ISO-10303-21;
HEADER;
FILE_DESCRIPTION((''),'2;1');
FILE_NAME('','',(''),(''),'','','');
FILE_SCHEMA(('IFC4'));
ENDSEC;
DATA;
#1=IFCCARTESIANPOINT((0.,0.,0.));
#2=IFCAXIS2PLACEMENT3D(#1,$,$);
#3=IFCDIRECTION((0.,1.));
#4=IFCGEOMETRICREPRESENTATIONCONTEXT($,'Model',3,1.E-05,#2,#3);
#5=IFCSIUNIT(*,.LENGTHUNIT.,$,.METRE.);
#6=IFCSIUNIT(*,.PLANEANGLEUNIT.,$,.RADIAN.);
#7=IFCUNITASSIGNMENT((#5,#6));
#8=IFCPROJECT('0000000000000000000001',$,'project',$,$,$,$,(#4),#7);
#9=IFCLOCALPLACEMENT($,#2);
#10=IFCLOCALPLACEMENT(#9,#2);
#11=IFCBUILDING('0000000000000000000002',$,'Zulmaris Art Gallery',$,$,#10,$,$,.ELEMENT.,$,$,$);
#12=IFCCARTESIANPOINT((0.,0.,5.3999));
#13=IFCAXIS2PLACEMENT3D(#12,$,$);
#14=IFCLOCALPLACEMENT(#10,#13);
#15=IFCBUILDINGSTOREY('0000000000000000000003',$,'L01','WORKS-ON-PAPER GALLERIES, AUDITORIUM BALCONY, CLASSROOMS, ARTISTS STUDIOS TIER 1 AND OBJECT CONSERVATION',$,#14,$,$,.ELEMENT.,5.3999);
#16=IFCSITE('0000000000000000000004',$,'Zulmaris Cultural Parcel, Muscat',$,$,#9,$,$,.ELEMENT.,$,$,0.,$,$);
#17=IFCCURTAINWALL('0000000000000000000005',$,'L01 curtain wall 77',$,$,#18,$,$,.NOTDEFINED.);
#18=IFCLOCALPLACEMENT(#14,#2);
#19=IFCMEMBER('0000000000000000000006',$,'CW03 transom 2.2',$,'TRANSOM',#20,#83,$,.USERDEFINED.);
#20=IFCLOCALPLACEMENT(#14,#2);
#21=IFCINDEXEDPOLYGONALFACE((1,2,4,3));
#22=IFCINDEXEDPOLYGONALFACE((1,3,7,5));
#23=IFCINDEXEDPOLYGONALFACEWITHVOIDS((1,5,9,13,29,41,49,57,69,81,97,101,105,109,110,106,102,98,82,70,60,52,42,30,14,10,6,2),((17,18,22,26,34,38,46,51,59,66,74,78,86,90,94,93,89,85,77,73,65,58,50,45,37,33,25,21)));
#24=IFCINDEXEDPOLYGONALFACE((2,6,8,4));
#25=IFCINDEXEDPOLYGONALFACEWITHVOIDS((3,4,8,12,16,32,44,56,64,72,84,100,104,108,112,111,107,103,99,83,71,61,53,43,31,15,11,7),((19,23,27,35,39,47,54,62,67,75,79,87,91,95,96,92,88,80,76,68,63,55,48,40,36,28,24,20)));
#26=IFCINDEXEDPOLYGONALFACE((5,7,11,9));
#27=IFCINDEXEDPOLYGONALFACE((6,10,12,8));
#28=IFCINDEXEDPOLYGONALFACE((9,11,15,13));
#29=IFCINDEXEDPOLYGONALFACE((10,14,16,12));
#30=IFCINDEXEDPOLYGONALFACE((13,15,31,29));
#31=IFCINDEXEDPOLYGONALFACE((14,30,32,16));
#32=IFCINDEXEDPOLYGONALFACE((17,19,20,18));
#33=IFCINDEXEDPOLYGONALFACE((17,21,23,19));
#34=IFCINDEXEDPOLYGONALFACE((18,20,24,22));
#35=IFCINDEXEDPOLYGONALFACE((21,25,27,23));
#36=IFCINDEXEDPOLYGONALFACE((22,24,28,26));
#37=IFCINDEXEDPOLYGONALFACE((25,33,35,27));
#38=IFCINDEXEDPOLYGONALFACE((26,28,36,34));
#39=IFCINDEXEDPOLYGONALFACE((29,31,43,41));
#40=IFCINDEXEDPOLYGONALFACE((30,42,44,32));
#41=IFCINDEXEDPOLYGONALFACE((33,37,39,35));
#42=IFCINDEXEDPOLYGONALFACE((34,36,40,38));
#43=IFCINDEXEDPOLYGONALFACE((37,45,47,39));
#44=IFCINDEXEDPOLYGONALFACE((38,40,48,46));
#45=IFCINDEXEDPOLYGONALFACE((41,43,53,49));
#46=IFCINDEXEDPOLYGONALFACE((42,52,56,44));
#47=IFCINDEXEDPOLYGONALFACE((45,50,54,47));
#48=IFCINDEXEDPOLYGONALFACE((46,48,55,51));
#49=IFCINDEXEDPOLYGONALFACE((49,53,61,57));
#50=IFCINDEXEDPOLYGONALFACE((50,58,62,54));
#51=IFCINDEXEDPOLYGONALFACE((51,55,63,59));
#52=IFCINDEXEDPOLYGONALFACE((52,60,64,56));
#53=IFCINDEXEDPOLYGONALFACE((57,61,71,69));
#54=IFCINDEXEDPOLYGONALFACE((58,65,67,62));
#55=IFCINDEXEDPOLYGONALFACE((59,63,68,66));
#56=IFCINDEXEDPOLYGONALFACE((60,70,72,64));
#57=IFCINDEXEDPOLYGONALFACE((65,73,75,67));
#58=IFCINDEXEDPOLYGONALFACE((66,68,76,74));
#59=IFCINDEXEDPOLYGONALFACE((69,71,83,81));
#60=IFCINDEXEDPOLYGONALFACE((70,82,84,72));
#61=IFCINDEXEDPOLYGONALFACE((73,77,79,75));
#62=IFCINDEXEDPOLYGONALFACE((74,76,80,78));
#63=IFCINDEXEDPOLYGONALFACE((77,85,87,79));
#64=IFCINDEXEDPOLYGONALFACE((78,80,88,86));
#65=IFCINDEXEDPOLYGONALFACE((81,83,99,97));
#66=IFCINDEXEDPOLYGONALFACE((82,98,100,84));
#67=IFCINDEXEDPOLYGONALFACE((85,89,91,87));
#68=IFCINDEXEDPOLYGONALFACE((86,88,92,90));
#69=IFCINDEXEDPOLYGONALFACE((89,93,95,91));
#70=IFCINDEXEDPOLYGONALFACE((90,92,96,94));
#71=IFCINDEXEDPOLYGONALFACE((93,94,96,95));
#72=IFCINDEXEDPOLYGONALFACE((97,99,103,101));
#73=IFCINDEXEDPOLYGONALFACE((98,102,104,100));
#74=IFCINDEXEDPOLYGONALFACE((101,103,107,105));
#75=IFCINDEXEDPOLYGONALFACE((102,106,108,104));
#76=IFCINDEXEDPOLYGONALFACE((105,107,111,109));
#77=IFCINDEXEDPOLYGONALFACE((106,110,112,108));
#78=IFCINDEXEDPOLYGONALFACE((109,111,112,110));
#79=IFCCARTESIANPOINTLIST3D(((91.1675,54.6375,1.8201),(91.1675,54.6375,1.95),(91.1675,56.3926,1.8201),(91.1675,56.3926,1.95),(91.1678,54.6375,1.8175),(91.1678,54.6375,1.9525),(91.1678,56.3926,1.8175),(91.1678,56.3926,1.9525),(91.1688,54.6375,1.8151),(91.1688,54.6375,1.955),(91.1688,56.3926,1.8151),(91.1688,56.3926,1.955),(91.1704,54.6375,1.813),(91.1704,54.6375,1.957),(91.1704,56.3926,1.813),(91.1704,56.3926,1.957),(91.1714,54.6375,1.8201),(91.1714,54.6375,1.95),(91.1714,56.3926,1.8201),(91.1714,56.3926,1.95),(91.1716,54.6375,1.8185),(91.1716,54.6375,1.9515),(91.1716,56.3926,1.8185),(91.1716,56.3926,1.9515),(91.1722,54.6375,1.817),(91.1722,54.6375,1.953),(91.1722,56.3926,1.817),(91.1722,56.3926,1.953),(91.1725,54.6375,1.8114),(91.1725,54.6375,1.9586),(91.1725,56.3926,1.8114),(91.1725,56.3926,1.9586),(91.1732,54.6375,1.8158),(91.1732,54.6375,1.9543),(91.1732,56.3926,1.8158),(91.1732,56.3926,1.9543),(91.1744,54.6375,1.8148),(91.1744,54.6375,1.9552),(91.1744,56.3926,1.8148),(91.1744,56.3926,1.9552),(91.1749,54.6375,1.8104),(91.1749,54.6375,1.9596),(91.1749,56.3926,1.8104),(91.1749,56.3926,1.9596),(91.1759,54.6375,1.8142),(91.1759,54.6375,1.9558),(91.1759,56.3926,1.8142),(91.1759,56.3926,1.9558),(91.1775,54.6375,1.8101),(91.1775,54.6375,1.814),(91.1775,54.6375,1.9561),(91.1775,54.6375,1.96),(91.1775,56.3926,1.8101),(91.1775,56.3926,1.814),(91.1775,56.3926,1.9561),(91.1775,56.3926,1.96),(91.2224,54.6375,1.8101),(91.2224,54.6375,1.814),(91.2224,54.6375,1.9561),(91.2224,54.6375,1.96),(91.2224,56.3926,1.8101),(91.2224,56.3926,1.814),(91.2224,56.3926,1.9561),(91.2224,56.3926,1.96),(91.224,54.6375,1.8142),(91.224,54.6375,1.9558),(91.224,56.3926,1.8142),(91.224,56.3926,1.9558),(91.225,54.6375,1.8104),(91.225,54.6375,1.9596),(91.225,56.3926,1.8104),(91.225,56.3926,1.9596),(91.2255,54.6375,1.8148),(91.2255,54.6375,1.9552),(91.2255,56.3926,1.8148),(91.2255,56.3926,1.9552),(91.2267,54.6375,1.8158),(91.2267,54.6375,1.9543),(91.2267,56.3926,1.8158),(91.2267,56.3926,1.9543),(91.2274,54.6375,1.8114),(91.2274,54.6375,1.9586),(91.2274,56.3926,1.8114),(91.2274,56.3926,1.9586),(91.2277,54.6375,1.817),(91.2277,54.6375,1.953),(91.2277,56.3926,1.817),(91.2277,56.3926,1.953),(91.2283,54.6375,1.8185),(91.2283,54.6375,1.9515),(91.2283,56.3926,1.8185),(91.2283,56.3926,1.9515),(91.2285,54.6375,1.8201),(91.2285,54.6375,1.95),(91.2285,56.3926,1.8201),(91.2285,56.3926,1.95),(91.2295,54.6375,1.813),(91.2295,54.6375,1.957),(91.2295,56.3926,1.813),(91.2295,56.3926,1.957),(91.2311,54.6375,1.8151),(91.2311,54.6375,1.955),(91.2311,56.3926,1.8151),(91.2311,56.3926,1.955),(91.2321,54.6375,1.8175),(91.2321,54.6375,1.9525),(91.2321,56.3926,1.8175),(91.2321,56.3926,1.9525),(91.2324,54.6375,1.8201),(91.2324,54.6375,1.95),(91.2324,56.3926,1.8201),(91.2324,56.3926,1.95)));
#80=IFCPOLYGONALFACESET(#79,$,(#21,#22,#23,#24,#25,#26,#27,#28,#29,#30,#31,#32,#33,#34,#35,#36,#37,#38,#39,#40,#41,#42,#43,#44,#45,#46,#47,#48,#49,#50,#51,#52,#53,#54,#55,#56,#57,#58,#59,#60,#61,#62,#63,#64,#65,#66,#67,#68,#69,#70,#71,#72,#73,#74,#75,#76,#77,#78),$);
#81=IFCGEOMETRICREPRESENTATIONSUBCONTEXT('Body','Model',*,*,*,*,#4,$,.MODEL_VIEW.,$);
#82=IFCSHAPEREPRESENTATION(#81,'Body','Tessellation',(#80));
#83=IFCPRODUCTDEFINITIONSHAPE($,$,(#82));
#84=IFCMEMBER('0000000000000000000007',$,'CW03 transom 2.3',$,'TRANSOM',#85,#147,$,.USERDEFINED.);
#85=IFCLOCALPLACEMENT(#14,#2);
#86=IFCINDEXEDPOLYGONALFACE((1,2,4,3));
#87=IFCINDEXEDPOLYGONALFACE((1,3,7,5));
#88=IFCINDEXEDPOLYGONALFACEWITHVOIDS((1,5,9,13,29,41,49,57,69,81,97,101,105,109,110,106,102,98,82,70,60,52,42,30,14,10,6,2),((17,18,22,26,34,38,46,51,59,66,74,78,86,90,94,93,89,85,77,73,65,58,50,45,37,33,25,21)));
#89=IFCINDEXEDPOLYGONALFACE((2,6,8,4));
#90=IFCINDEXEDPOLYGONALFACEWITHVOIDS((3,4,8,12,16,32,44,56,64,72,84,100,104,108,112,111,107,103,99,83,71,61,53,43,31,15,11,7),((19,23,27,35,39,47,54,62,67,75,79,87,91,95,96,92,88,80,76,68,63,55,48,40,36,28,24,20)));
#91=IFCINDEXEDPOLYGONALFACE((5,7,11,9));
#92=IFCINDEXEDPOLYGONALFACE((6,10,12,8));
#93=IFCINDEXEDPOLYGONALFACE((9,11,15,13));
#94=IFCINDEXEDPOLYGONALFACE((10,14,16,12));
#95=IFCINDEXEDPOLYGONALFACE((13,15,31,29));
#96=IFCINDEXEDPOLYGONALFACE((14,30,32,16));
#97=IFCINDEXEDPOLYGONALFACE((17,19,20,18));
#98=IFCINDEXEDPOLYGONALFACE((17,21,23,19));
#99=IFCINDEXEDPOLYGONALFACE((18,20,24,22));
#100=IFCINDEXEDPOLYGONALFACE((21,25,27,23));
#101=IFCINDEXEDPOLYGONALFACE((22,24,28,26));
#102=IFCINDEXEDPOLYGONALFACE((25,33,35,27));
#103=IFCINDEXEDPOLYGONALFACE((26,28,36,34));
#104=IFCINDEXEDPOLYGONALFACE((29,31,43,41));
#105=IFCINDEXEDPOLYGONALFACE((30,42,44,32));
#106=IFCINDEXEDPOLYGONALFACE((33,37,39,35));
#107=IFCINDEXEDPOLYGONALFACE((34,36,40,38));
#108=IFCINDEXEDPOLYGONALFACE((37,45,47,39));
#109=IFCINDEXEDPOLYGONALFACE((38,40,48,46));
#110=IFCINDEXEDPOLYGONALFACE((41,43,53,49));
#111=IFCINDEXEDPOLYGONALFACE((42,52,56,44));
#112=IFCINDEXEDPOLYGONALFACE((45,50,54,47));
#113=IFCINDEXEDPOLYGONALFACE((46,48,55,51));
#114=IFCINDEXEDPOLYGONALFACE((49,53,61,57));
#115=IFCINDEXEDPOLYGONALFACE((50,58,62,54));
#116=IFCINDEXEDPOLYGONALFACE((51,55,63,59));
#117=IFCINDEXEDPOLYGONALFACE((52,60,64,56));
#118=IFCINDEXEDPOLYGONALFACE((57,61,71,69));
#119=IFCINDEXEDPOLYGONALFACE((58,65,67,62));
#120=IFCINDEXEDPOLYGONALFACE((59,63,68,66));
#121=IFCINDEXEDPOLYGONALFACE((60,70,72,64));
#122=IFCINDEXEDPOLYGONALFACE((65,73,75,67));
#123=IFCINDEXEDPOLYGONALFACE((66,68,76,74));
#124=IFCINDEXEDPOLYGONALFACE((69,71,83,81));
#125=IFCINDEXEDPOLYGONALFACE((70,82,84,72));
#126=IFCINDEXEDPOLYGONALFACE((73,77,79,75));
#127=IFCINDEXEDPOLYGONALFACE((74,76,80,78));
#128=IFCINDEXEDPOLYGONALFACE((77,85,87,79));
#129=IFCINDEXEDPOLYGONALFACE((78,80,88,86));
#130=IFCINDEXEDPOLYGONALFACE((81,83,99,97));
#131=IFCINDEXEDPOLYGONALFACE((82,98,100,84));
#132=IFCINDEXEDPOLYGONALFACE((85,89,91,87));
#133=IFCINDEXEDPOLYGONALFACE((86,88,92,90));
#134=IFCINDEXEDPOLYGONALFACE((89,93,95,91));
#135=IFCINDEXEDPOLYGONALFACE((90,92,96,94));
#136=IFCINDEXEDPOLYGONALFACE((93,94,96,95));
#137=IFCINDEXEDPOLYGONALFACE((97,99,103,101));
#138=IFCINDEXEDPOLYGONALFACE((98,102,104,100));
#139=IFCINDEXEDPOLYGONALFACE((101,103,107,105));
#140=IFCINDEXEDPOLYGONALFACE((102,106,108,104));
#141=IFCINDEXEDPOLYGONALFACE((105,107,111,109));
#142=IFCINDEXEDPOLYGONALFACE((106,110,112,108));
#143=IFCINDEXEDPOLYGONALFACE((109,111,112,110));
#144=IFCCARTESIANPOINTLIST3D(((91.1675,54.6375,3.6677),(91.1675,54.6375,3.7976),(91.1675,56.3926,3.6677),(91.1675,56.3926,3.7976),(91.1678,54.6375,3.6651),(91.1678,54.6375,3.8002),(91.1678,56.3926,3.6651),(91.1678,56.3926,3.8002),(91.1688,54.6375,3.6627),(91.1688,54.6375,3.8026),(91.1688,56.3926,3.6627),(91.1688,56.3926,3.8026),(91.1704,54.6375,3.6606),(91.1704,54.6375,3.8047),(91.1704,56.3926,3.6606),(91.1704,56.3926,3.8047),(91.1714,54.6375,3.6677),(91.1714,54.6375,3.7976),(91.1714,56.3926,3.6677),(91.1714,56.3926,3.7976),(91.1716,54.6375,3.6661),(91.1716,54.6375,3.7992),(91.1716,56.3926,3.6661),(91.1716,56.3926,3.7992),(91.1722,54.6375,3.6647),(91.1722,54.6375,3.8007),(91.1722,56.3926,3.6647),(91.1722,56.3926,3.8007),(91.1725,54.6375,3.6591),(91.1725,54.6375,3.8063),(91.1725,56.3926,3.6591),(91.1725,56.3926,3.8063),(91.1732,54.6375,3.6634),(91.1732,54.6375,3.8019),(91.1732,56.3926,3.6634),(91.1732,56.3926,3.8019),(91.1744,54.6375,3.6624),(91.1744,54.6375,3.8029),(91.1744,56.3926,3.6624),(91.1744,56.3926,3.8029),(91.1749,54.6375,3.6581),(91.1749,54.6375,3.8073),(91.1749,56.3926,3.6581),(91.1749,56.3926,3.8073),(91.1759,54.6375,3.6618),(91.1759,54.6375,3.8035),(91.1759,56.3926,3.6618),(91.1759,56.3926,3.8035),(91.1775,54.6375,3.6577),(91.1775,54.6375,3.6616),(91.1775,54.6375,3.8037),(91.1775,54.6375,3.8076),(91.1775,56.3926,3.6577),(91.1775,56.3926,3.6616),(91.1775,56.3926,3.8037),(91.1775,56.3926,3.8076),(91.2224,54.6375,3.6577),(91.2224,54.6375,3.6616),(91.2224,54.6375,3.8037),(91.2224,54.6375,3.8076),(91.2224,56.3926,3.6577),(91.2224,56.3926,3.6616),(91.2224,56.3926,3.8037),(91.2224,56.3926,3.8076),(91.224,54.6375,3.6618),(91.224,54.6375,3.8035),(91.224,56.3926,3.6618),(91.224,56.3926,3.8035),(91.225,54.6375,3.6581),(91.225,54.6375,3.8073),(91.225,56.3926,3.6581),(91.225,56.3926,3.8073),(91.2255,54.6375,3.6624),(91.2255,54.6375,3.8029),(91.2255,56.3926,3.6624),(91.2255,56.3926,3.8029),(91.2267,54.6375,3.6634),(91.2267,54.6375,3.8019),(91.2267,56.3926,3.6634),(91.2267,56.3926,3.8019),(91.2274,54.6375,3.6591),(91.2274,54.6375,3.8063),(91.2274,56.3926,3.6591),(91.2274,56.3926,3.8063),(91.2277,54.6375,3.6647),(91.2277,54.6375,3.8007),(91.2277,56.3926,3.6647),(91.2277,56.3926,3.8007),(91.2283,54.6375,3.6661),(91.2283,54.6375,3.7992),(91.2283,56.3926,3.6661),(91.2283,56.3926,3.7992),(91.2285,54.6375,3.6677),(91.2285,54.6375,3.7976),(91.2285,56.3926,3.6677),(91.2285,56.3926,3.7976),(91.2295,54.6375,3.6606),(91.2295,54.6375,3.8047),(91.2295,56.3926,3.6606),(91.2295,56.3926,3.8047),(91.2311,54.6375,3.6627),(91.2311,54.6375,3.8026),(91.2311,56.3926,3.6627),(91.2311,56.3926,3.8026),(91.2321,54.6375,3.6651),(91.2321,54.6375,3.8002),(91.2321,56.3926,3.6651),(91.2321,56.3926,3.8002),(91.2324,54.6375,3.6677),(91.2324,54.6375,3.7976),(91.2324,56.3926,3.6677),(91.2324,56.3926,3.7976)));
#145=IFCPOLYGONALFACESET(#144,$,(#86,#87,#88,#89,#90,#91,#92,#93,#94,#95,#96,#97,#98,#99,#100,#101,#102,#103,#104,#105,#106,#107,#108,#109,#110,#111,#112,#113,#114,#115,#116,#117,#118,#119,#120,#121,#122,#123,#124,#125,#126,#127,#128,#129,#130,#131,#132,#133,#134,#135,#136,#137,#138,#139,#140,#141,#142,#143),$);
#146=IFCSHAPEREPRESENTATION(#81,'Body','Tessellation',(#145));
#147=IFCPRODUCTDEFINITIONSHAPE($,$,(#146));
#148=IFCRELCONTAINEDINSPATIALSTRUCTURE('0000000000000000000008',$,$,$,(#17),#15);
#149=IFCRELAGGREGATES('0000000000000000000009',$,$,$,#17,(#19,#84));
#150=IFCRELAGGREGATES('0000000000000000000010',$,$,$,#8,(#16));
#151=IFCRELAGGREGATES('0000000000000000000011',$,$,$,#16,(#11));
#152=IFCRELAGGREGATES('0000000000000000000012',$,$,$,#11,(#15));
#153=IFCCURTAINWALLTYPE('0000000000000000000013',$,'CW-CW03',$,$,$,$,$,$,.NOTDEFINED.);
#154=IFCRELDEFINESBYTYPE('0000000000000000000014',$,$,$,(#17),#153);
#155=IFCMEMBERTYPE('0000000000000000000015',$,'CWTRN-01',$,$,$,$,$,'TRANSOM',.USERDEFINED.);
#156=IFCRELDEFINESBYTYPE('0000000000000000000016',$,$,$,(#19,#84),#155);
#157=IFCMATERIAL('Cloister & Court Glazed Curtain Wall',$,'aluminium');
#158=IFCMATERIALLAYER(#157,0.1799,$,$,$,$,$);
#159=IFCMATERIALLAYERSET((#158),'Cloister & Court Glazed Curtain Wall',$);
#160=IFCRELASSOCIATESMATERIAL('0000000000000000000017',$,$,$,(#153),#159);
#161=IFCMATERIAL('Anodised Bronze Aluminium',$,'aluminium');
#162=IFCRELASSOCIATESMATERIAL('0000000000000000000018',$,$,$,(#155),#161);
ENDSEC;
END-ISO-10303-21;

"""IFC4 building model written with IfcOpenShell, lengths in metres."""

from ifc_helpers import new_model, si_unit, direction, frame, origin, origin_2d, place, context, subcontext, project, spatial, hollow_rectangle, extrude, material, layer, layer_set, material_profile, profile_set, type_object, element, aggregate, save


model = new_model("IFC4")

# Units and contexts
model_context = context("Model", 3, precision=1e-05, world=origin(), true_north=direction((0.0, 1.0)))
body_context = subcontext(model_context, "Body", "Model", "MODEL_VIEW")
ifc_project = project(units=[si_unit("LENGTHUNIT", "METRE"), si_unit("PLANEANGLEUNIT", "RADIAN")], contexts=[model_context])

# Site, building, storey
site_placement = place(None, origin())
site = spatial("IfcSite", under=ifc_project, at=site_placement, Name="Zulmaris Cultural Parcel, Muscat", CompositionType="ELEMENT", RefElevation=0.0)
building_placement = place(site_placement, origin())
building = spatial("IfcBuilding", under=site, at=building_placement, Name="Zulmaris Art Gallery", CompositionType="ELEMENT")
storey_placement = place(building_placement, frame((0.0, 0.0, 5.3999)))
storey = spatial("IfcBuildingStorey", under=building, at=storey_placement, Name="L01", Description="WORKS-ON-PAPER GALLERIES, AUDITORIUM BALCONY, CLASSROOMS, ARTISTS STUDIOS TIER 1 AND OBJECT CONSERVATION", CompositionType="ELEMENT", Elevation=5.3999)

# Curtain wall
ifc_material_1 = material(Name="Cloister & Court Glazed Curtain Wall", Category="aluminium")
ifc_layer_1 = layer(ifc_material_1, 0.1799)
ifc_layer_set_1 = layer_set([ifc_layer_1], Name="Cloister & Court Glazed Curtain Wall")
curtain_wall_type = type_object("IfcCurtainWallType", Name="CW-CW03", PredefinedType="NOTDEFINED", material=ifc_layer_set_1)
ifc_material_2 = material(Name="Anodised Bronze Aluminium", Category="aluminium")
curtain_wall_1_placement = place(storey_placement, origin())
curtain_wall_1 = element("IfcCurtainWall", 1, at=curtain_wall_1_placement, inside=storey, type_object=curtain_wall_type, Name="L01 curtain wall 77", PredefinedType="NOTDEFINED")

# Members
ifc_material_profile_1 = material_profile(ifc_material_2, hollow_rectangle(XDim=0.0649, YDim=0.1499, WallThickness=0.0039, InnerFilletRadius=0.0061, OuterFilletRadius=0.01, at=origin_2d()), Name="ALU 65x150x4")
ifc_profile_set_1 = profile_set([ifc_material_profile_1], Name="Anodised Bronze Aluminium")
member_type_1 = type_object("IfcMemberType", Name="CWTRN-01", ElementType="TRANSOM", PredefinedType="USERDEFINED", material=ifc_profile_set_1)
member_1_placement = place(storey_placement, frame((91.2, 56.3926, 1.885), z_axis=(0.0, -1.0, 0.0), x_axis=(1.0, 0.0, 0.0)))
member_1 = element("IfcMember", 2, at=member_1_placement, type_object=member_type_1, Name="CW03 transom 2.2", ObjectType="TRANSOM", PredefinedType="USERDEFINED", context=body_context, shape_type="SweptSolid", body=[
    extrude(hollow_rectangle(XDim=0.0649, YDim=0.1499, WallThickness=0.0039, InnerFilletRadius=0.0061, OuterFilletRadius=0.01, at=origin_2d()), origin(), (0.0, 0.0, 1.0), 1.7551),
])
member_2_placement = place(storey_placement, frame((91.2, 56.3926, 3.7327), z_axis=(0.0, -1.0, 0.0), x_axis=(1.0, 0.0, 0.0)))
member_2 = element("IfcMember", 3, at=member_2_placement, type_object=member_type_1, Name="CW03 transom 2.3", ObjectType="TRANSOM", PredefinedType="USERDEFINED", context=body_context, shape_type="SweptSolid", body=[
    extrude(hollow_rectangle(XDim=0.0649, YDim=0.1499, WallThickness=0.0039, InnerFilletRadius=0.0061, OuterFilletRadius=0.01, at=origin_2d()), origin(), (0.0, 0.0, 1.0), 1.7551),
])

aggregate(curtain_wall_1, [member_1, member_2])

save(model, "model.ifc")
